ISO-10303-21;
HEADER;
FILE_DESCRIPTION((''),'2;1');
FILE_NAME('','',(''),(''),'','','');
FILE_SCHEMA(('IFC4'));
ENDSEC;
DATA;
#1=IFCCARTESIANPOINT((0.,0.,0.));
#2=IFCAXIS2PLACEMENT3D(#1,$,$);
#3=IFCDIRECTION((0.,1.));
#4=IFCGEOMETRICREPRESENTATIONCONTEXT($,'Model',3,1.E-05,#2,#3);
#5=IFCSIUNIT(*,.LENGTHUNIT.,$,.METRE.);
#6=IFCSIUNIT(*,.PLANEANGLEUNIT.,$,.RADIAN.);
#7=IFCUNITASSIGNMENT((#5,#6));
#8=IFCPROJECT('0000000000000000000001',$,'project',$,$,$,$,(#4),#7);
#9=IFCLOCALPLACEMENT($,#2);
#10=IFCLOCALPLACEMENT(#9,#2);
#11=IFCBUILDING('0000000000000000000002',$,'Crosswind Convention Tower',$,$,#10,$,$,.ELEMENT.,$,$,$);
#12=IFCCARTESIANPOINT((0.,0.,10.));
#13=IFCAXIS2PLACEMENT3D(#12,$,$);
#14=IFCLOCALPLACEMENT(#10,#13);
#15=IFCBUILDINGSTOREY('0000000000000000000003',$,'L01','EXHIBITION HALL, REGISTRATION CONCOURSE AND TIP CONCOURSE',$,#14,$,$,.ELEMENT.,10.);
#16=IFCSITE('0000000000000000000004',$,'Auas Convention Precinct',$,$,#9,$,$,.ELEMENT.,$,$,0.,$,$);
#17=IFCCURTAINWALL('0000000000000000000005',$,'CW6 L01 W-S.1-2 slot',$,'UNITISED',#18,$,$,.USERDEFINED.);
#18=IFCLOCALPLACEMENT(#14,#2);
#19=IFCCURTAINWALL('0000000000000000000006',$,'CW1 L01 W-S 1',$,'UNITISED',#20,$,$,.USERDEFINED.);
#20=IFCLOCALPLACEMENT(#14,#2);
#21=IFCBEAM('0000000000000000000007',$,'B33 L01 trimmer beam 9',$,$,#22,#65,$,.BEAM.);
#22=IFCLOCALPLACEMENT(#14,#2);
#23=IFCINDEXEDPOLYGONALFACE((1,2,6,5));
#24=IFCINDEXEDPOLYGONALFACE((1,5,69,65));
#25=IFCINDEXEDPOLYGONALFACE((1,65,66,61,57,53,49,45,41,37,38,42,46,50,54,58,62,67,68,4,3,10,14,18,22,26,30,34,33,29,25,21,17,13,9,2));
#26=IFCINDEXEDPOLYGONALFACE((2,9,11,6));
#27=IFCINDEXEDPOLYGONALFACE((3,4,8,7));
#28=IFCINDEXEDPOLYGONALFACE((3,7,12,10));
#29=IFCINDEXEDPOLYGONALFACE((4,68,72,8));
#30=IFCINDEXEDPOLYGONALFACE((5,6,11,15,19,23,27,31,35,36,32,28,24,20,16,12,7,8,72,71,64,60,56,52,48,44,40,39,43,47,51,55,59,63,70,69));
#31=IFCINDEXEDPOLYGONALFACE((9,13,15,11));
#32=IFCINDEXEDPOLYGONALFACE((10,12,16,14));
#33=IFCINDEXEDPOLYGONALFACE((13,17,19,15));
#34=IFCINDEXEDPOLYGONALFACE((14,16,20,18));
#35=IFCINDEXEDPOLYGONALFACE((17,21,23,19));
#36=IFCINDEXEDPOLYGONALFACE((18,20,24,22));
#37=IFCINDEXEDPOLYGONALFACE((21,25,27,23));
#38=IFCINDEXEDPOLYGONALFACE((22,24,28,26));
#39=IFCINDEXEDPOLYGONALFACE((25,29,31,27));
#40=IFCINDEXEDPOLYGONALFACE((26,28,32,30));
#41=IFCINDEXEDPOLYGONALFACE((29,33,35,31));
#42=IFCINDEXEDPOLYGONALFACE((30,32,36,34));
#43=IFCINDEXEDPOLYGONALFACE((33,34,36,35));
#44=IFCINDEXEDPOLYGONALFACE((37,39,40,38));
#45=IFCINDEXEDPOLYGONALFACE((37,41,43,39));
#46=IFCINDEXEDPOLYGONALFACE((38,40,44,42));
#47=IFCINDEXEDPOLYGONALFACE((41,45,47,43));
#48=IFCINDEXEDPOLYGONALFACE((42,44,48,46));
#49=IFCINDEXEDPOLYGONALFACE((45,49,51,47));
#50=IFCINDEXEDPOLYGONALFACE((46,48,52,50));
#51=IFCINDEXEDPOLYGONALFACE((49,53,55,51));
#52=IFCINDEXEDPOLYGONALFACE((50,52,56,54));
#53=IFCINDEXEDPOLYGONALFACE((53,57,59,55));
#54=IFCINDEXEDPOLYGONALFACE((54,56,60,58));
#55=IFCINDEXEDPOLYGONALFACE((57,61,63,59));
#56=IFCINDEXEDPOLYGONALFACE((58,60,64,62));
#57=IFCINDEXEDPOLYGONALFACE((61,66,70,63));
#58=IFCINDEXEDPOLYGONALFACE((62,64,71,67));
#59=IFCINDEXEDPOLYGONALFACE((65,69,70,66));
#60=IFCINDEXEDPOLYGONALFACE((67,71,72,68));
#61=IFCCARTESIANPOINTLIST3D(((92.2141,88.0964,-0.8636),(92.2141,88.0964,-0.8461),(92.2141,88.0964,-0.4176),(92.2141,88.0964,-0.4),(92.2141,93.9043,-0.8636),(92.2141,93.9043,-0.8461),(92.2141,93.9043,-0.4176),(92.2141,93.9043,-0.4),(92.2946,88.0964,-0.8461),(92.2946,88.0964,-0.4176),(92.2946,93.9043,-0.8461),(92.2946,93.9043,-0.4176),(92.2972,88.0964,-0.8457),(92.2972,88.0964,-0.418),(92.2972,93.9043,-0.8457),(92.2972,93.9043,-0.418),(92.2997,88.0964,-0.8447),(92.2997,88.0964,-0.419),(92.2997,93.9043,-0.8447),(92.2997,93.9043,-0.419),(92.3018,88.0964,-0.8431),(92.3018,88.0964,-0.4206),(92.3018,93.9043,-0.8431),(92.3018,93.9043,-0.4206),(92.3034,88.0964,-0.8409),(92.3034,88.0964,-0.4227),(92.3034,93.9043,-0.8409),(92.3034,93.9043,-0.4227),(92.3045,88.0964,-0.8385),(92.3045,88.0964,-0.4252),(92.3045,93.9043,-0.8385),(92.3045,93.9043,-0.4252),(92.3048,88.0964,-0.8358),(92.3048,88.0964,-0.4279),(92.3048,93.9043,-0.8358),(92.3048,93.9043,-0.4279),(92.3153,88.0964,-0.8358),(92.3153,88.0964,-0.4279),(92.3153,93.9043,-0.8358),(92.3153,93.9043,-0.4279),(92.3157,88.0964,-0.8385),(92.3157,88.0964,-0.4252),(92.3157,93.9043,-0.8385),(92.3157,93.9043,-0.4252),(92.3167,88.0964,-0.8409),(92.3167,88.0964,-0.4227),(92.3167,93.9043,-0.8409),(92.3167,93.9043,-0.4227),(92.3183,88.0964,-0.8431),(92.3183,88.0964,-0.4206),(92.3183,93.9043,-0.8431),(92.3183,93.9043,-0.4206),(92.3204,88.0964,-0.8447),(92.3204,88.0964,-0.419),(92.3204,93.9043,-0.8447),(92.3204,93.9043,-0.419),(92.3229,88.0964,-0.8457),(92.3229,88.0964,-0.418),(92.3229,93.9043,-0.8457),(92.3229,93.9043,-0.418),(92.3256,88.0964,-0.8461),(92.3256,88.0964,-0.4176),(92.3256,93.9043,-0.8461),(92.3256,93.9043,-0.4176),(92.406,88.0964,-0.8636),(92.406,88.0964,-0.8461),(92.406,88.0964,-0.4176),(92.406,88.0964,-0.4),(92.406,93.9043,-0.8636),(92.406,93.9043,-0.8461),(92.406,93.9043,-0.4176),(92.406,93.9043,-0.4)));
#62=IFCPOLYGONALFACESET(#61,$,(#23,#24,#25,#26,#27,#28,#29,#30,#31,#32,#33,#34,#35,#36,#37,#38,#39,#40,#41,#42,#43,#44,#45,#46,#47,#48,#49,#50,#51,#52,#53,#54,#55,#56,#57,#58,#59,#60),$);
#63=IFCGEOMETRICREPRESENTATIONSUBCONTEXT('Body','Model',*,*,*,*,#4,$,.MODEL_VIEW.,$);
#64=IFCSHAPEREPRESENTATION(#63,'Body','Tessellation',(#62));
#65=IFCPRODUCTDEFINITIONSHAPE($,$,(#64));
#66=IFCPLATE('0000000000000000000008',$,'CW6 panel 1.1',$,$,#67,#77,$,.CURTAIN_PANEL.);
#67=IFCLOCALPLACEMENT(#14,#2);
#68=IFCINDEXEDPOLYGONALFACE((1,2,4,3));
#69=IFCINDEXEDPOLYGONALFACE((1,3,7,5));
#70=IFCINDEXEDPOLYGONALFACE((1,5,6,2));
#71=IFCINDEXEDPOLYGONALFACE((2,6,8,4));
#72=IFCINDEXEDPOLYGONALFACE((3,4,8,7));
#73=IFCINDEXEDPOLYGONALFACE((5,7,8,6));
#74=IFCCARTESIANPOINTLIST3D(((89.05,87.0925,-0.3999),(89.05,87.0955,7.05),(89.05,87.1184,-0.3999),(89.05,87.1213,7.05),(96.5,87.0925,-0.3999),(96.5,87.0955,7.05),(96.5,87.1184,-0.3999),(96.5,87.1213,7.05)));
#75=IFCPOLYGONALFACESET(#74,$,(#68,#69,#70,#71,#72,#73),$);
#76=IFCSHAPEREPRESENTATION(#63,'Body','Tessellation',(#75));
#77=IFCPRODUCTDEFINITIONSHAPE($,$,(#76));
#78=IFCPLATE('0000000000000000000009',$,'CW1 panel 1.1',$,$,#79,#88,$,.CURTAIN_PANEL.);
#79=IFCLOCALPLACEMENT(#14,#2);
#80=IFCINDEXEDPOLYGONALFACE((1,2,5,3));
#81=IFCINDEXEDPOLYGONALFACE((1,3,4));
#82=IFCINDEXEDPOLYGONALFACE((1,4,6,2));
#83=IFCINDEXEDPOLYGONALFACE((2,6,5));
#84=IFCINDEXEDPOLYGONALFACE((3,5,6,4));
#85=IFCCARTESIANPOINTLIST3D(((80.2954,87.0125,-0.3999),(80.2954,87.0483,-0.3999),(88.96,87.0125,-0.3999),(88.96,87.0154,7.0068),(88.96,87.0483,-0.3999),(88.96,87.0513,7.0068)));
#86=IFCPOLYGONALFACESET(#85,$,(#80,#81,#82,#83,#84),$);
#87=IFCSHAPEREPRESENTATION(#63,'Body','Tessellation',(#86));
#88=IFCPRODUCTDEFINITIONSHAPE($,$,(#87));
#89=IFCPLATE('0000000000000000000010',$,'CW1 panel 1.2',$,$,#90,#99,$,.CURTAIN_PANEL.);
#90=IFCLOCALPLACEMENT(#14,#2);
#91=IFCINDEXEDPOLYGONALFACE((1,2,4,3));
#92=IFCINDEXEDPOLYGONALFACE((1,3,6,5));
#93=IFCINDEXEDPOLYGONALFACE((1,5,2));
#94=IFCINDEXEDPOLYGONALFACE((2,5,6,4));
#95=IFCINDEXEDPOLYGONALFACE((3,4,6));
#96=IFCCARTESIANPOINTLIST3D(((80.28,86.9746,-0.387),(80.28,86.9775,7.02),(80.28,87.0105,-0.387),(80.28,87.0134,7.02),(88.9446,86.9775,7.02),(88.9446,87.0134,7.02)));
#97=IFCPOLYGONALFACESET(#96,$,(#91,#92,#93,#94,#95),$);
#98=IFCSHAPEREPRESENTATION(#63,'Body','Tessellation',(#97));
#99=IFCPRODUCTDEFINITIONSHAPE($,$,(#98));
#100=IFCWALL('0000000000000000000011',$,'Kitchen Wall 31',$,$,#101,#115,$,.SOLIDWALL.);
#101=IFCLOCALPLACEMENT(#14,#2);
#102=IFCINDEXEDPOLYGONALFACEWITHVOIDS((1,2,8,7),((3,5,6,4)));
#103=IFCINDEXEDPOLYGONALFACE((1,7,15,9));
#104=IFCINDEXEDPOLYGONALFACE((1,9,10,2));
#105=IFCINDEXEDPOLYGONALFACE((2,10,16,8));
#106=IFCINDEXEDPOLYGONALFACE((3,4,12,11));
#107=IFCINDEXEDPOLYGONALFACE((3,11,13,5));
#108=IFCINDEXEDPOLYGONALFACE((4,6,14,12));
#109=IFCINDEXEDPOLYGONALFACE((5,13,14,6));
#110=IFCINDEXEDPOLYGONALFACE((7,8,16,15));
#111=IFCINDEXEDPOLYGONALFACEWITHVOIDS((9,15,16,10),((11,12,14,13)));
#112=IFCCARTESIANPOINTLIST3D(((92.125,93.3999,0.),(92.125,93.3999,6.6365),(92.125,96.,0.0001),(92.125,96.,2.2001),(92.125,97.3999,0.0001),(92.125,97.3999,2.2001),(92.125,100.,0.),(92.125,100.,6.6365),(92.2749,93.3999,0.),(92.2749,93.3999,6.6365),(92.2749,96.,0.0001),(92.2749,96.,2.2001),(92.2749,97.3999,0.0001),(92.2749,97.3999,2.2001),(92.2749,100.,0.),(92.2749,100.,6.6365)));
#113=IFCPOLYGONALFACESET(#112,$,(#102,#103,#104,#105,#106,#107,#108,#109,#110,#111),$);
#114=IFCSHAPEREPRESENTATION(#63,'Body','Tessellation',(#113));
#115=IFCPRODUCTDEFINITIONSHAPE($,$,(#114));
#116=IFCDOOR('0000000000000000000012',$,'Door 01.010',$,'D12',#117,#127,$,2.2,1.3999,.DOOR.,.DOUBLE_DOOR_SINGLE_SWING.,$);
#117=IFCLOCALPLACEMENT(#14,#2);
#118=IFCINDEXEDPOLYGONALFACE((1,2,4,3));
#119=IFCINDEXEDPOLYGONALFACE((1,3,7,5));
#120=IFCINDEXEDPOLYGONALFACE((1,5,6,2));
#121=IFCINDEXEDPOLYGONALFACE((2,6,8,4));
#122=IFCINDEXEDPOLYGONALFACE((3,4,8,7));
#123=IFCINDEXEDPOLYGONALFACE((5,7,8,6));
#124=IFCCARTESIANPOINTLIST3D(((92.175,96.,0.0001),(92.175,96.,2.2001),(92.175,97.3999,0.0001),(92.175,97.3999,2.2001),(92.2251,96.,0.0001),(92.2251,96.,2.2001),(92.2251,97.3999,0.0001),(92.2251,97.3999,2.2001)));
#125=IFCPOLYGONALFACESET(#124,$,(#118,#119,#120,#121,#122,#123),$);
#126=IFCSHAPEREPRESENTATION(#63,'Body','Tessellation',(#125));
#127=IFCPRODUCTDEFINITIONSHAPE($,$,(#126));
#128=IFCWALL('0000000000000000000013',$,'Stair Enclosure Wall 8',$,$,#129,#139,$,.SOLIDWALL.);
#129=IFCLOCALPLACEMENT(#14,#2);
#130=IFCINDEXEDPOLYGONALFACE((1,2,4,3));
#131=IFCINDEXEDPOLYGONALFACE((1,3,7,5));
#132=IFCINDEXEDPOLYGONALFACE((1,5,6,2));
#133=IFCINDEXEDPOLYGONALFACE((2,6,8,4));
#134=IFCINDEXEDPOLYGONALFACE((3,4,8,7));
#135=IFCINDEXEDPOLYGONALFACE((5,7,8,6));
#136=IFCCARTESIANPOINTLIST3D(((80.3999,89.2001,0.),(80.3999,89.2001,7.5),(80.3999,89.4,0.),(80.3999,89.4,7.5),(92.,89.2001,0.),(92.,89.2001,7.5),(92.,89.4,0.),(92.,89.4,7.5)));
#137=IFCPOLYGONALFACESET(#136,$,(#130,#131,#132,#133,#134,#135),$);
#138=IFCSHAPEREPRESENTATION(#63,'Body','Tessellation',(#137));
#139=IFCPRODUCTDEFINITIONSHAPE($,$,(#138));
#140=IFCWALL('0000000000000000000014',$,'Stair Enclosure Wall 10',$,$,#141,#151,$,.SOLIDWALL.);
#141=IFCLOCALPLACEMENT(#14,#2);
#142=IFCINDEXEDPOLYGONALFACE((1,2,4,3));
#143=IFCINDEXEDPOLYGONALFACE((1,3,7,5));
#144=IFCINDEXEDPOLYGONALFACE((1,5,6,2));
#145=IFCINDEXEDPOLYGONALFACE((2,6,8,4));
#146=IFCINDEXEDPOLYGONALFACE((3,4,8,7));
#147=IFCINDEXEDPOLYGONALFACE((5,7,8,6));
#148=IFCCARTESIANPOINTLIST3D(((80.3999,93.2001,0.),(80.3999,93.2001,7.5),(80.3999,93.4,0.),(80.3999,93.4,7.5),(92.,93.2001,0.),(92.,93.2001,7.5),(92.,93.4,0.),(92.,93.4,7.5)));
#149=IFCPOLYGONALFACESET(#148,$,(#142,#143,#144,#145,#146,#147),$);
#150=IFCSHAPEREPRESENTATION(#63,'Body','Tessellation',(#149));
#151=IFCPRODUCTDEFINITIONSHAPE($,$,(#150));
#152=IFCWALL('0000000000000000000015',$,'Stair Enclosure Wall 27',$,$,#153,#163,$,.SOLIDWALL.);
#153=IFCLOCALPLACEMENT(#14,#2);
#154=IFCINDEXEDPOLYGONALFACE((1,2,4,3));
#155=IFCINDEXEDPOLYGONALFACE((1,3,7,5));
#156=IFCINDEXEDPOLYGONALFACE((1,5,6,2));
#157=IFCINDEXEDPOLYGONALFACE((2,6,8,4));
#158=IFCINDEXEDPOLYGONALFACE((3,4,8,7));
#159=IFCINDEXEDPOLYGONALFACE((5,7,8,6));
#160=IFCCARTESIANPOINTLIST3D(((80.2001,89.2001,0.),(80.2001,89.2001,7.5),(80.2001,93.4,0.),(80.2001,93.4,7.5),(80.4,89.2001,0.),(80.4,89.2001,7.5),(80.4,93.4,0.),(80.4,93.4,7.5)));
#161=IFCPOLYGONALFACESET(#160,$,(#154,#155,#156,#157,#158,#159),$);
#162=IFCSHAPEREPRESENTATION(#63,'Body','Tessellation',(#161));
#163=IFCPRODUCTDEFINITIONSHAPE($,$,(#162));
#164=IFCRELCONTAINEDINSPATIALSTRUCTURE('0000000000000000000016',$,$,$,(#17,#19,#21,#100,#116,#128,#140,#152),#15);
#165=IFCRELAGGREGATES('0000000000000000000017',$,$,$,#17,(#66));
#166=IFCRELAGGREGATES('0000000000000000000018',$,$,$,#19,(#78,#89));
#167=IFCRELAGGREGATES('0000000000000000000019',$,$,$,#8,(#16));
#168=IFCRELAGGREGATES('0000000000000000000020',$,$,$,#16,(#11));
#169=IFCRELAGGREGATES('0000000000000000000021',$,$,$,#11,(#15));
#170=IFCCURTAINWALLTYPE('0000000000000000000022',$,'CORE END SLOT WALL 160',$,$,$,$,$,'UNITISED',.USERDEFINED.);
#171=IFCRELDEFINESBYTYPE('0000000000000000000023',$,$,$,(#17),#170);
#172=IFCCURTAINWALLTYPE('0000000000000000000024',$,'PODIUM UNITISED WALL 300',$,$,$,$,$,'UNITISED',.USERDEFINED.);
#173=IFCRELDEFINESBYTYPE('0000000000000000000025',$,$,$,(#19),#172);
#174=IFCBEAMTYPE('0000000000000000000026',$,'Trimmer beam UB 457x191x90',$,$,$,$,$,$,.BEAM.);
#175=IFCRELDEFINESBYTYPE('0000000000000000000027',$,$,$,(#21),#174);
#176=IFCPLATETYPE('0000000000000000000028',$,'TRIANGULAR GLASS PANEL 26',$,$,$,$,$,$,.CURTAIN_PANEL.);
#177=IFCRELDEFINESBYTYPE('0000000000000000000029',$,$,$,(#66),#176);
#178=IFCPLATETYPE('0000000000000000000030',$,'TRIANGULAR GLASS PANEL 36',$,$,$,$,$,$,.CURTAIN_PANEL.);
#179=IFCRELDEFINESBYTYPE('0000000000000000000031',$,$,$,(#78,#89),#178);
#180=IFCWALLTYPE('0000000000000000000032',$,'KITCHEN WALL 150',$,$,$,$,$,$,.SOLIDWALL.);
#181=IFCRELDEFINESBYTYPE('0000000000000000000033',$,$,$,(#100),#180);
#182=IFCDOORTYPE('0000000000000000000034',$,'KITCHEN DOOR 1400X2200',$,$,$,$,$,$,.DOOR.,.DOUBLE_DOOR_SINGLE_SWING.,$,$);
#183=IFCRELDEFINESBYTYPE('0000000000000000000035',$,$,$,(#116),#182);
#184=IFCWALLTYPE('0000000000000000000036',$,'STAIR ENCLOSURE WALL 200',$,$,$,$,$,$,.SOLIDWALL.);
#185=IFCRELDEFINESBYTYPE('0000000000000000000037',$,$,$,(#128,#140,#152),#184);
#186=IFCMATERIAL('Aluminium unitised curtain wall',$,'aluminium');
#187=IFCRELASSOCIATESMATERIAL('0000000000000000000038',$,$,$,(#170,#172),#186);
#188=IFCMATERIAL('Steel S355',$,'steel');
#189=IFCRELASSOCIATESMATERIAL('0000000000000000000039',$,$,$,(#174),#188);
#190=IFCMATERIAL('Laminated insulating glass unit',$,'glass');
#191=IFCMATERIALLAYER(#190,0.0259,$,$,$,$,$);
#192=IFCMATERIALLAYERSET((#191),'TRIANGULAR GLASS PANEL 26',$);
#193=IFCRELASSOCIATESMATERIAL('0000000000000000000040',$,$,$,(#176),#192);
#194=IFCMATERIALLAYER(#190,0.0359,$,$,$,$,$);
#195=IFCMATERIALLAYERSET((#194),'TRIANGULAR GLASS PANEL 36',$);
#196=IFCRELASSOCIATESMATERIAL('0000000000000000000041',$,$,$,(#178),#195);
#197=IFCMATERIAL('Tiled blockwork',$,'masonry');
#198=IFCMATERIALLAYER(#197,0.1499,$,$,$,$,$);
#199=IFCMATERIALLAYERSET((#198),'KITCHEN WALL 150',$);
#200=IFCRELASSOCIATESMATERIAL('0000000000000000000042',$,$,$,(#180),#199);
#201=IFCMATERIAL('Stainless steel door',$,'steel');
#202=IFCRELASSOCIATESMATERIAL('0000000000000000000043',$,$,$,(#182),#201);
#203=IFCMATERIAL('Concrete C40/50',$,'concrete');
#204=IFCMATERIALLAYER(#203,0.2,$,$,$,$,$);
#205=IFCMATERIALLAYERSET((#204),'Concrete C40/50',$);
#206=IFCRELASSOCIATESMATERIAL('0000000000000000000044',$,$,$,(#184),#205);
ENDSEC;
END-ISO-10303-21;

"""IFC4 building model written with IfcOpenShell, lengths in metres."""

from ifc_helpers import new_model, si_unit, direction, frame, frame_2d, origin, origin_2d, place, context, subcontext, project, spatial, polyline, rectangle, i_section, outline, extrude, material, layer, layer_set, material_profile, profile_set, type_object, element, fill, aggregate, save


model = new_model("IFC4")

# Units and contexts
model_context = context("Model", 3, precision=1e-05, world=origin(), true_north=direction((0.0, 1.0)))
body_context = subcontext(model_context, "Body", "Model", "MODEL_VIEW")
ifc_project = project(units=[si_unit("LENGTHUNIT", "METRE"), si_unit("PLANEANGLEUNIT", "RADIAN")], contexts=[model_context])

# Site, building, storey
site_placement = place(None, origin())
site = spatial("IfcSite", under=ifc_project, at=site_placement, Name="Auas Convention Precinct", CompositionType="ELEMENT", RefElevation=0.0)
building_placement = place(site_placement, origin())
building = spatial("IfcBuilding", under=site, at=building_placement, Name="Crosswind Convention Tower", CompositionType="ELEMENT")
storey_placement = place(building_placement, frame((0.0, 0.0, 10.0)))
storey = spatial("IfcBuildingStorey", under=building, at=storey_placement, Name="L01", Description="EXHIBITION HALL, REGISTRATION CONCOURSE AND TIP CONCOURSE", CompositionType="ELEMENT", Elevation=10.0)

# Shared definitions
ifc_material_1 = material(Name="Steel S355", Category="steel")

# Curtain wall
ifc_material_2 = material(Name="Aluminium unitised curtain wall", Category="aluminium")
curtain_wall_type_1 = type_object("IfcCurtainWallType", Name="CORE END SLOT WALL 160", ElementType="UNITISED", PredefinedType="USERDEFINED", material=ifc_material_2)
curtain_wall_1_placement = place(storey_placement, origin())
curtain_wall_1 = element("IfcCurtainWall", 1, at=curtain_wall_1_placement, inside=storey, type_object=curtain_wall_type_1, Name="CW6 L01 W-S.1-2 slot", ObjectType="UNITISED", PredefinedType="USERDEFINED")

# Curtain wall
curtain_wall_type_2 = type_object("IfcCurtainWallType", Name="PODIUM UNITISED WALL 300", ElementType="UNITISED", PredefinedType="USERDEFINED", material=ifc_material_2)
curtain_wall_2_placement = place(storey_placement, origin())
curtain_wall_2 = element("IfcCurtainWall", 2, at=curtain_wall_2_placement, inside=storey, type_object=curtain_wall_type_2, Name="CW1 L01 W-S 1", ObjectType="UNITISED", PredefinedType="USERDEFINED")

# Beam
ifc_material_profile_1 = material_profile(ifc_material_1, i_section(OverallWidth=0.1919, OverallDepth=0.4636, WebThickness=0.0105, FlangeThickness=0.0176, FilletRadius=0.0103, at=origin_2d()), Name="UB 457x191x90")
ifc_profile_set_1 = profile_set([ifc_material_profile_1], Name="Steel S355")
beam_type_1 = type_object("IfcBeamType", Name="Trimmer beam UB 457x191x90", PredefinedType="BEAM", material=ifc_profile_set_1)
beam_1_placement = place(storey_placement, frame((92.3101, 88.0964, -0.6318), z_axis=(0.0, 1.0, 0.0), x_axis=(-1.0, 0.0, 0.0)))
element("IfcBeam", 3, at=beam_1_placement, inside=storey, type_object=beam_type_1, Name="B33 L01 trimmer beam 9", PredefinedType="BEAM", context=body_context, shape_type="SweptSolid", body=[
    extrude(i_section(OverallWidth=0.1919, OverallDepth=0.4636, WebThickness=0.0105, FlangeThickness=0.0176, FilletRadius=0.0103, at=origin_2d()), origin(), (0.0, 0.0, 1.0), 5.8079),
])

# Plates
ifc_material_3 = material(Name="Laminated insulating glass unit", Category="glass")
ifc_layer_1 = layer(ifc_material_3, 0.0259)
ifc_layer_set_1 = layer_set([ifc_layer_1], Name="TRIANGULAR GLASS PANEL 26")
plate_type_1 = type_object("IfcPlateType", Name="TRIANGULAR GLASS PANEL 26", PredefinedType="CURTAIN_PANEL", material=ifc_layer_set_1)
plate_1_placement = place(storey_placement, frame((89.05, 87.0925, -0.3999), z_axis=(0.0, -1.0, 0.000393), x_axis=(1.0, 0.0, 0.0)))
plate_1 = element("IfcPlate", 4, at=plate_1_placement, type_object=plate_type_1, Name="CW6 panel 1.1", PredefinedType="CURTAIN_PANEL", context=body_context, shape_type="SweptSolid", body=[
    extrude(outline(polyline([(0.0, 0.0), (7.45, 0.0), (7.45, 7.45), (0.0, 7.45), (0.0, 0.0)])), origin(), (0.0, 0.0, -1.0), 0.0259),
])
aggregate(curtain_wall_1, [plate_1])
ifc_layer_2 = layer(ifc_material_3, 0.0359)
ifc_layer_set_2 = layer_set([ifc_layer_2], Name="TRIANGULAR GLASS PANEL 36")
plate_type_2 = type_object("IfcPlateType", Name="TRIANGULAR GLASS PANEL 36", PredefinedType="CURTAIN_PANEL", material=ifc_layer_set_2)
plate_2_placement = place(storey_placement, frame((88.96, 87.0125, -0.3999), z_axis=(0.0, -1.0, 0.000396), x_axis=(0.0, 0.000396, 1.0)))
plate_2 = element("IfcPlate", 5, at=plate_2_placement, type_object=plate_type_2, Name="CW1 panel 1.1", PredefinedType="CURTAIN_PANEL", context=body_context, shape_type="SweptSolid", body=[
    extrude(outline(polyline([(0.0, 0.0), (7.4067, 0.0), (0.0, 8.6646), (0.0, 0.0)])), origin(), (0.0, 0.0, -1.0), 0.0359),
])
plate_3_placement = place(storey_placement, frame((80.28, 86.9775, 7.02), z_axis=(0.0, -1.0, 0.000396), x_axis=(0.0, -0.000396, -1.0)))
plate_3 = element("IfcPlate", 6, at=plate_3_placement, type_object=plate_type_2, Name="CW1 panel 1.2", PredefinedType="CURTAIN_PANEL", context=body_context, shape_type="SweptSolid", body=[
    extrude(outline(polyline([(0.0, 0.0), (7.407, 0.0), (0.0, 8.6646), (0.0, 0.0)])), origin(), (0.0, 0.0, -1.0), 0.0359),
])
aggregate(curtain_wall_2, [plate_2, plate_3])

# Wall, opening, door
ifc_material_4 = material(Name="Tiled blockwork", Category="masonry")
ifc_layer_3 = layer(ifc_material_4, 0.1499)
ifc_layer_set_3 = layer_set([ifc_layer_3], Name="KITCHEN WALL 150")
wall_type_1 = type_object("IfcWallType", Name="KITCHEN WALL 150", PredefinedType="SOLIDWALL", material=ifc_layer_set_3)
wall_1_placement = place(storey_placement, frame((92.2, 93.3999, 0.0), z_axis=(0.0, 0.0, 1.0), x_axis=(0.0, 1.0, 0.0)))
wall_1 = element("IfcWall", 7, at=wall_1_placement, inside=storey, type_object=wall_type_1, Name="Kitchen Wall 31", PredefinedType="SOLIDWALL", context=body_context, shape_type="SweptSolid", body=[
    extrude(rectangle(XDim=6.6001, YDim=0.1499, at=frame_2d((3.3, 0.0))), origin(), (0.0, 0.0, 1.0), 6.6365),
])
opening_1_placement = place(wall_1_placement, frame((2.6001, 0.0, 0.0)))
opening_1 = element("IfcOpeningElement", 8, at=opening_1_placement, cuts=wall_1, PredefinedType="OPENING", context=body_context, shape_type="SweptSolid", body=[
    extrude(rectangle(XDim=1.3999, YDim=2.2, at=frame_2d((0.7, 1.1001))), frame((0.0, 0.085, 0.0), z_axis=(0.0, -1.0, 0.0), x_axis=(1.0, 0.0, 0.0)), (0.0, 0.0, 1.0), 0.1699),
])
ifc_material_5 = material(Name="Stainless steel door", Category="steel")
door_type_1 = type_object("IfcDoorType", Name="KITCHEN DOOR 1400X2200", OperationType="DOUBLE_DOOR_SINGLE_SWING", PredefinedType="DOOR", material=ifc_material_5)
door_1_placement = place(opening_1_placement, origin())
door_1 = element("IfcDoor", 9, at=door_1_placement, inside=storey, type_object=door_type_1, Name="Door 01.010", ObjectType="D12", OperationType="DOUBLE_DOOR_SINGLE_SWING", OverallHeight=2.2, OverallWidth=1.3999, PredefinedType="DOOR", context=body_context, shape_type="SweptSolid", body=[
    extrude(rectangle(XDim=1.3999, YDim=2.2, at=frame_2d((0.7, 1.1001))), frame((0.0, 0.0249, 0.0), z_axis=(0.0, -1.0, 0.0), x_axis=(1.0, 0.0, 0.0)), (0.0, 0.0, 1.0), 0.05),
])
fill(opening_1, door_1)

# Walls
ifc_material_6 = material(Name="Concrete C40/50", Category="concrete")
ifc_layer_4 = layer(ifc_material_6, 0.2)
ifc_layer_set_4 = layer_set([ifc_layer_4], Name="Concrete C40/50")
wall_type_2 = type_object("IfcWallType", Name="STAIR ENCLOSURE WALL 200", PredefinedType="SOLIDWALL", material=ifc_layer_set_4)
for number, where, z_axis, x_axis, name in (
    (10, (80.3999, 89.3, 0.0), (0.0, 0.0, 1.0), (1.0, 0.0, 0.0), "Stair Enclosure Wall 8"),
    (11, (80.3999, 93.3, 0.0), (0.0, 0.0, 1.0), (1.0, 0.0, 0.0), "Stair Enclosure Wall 10"),
):
    element("IfcWall", number, at=place(storey_placement, frame(where, z_axis=z_axis, x_axis=x_axis)), inside=storey, type_object=wall_type_2, Name=name, PredefinedType="SOLIDWALL", context=body_context, shape_type="SweptSolid", body=[
        extrude(rectangle(XDim=11.6001, YDim=0.2, at=frame_2d((5.8, 0.0))), origin(), (0.0, 0.0, 1.0), 7.5),
    ])
wall_2_placement = place(storey_placement, frame((80.3, 89.2, 0.0), z_axis=(0.0, 0.0, 1.0), x_axis=(0.0, 1.0, 0.0)))
element("IfcWall", 12, at=wall_2_placement, inside=storey, type_object=wall_type_2, Name="Stair Enclosure Wall 27", PredefinedType="SOLIDWALL", context=body_context, shape_type="SweptSolid", body=[
    extrude(rectangle(XDim=4.2, YDim=0.2, at=frame_2d((2.1001, 0.0))), origin(), (0.0, 0.0, 1.0), 7.5),
])

save(model, "model.ifc")
